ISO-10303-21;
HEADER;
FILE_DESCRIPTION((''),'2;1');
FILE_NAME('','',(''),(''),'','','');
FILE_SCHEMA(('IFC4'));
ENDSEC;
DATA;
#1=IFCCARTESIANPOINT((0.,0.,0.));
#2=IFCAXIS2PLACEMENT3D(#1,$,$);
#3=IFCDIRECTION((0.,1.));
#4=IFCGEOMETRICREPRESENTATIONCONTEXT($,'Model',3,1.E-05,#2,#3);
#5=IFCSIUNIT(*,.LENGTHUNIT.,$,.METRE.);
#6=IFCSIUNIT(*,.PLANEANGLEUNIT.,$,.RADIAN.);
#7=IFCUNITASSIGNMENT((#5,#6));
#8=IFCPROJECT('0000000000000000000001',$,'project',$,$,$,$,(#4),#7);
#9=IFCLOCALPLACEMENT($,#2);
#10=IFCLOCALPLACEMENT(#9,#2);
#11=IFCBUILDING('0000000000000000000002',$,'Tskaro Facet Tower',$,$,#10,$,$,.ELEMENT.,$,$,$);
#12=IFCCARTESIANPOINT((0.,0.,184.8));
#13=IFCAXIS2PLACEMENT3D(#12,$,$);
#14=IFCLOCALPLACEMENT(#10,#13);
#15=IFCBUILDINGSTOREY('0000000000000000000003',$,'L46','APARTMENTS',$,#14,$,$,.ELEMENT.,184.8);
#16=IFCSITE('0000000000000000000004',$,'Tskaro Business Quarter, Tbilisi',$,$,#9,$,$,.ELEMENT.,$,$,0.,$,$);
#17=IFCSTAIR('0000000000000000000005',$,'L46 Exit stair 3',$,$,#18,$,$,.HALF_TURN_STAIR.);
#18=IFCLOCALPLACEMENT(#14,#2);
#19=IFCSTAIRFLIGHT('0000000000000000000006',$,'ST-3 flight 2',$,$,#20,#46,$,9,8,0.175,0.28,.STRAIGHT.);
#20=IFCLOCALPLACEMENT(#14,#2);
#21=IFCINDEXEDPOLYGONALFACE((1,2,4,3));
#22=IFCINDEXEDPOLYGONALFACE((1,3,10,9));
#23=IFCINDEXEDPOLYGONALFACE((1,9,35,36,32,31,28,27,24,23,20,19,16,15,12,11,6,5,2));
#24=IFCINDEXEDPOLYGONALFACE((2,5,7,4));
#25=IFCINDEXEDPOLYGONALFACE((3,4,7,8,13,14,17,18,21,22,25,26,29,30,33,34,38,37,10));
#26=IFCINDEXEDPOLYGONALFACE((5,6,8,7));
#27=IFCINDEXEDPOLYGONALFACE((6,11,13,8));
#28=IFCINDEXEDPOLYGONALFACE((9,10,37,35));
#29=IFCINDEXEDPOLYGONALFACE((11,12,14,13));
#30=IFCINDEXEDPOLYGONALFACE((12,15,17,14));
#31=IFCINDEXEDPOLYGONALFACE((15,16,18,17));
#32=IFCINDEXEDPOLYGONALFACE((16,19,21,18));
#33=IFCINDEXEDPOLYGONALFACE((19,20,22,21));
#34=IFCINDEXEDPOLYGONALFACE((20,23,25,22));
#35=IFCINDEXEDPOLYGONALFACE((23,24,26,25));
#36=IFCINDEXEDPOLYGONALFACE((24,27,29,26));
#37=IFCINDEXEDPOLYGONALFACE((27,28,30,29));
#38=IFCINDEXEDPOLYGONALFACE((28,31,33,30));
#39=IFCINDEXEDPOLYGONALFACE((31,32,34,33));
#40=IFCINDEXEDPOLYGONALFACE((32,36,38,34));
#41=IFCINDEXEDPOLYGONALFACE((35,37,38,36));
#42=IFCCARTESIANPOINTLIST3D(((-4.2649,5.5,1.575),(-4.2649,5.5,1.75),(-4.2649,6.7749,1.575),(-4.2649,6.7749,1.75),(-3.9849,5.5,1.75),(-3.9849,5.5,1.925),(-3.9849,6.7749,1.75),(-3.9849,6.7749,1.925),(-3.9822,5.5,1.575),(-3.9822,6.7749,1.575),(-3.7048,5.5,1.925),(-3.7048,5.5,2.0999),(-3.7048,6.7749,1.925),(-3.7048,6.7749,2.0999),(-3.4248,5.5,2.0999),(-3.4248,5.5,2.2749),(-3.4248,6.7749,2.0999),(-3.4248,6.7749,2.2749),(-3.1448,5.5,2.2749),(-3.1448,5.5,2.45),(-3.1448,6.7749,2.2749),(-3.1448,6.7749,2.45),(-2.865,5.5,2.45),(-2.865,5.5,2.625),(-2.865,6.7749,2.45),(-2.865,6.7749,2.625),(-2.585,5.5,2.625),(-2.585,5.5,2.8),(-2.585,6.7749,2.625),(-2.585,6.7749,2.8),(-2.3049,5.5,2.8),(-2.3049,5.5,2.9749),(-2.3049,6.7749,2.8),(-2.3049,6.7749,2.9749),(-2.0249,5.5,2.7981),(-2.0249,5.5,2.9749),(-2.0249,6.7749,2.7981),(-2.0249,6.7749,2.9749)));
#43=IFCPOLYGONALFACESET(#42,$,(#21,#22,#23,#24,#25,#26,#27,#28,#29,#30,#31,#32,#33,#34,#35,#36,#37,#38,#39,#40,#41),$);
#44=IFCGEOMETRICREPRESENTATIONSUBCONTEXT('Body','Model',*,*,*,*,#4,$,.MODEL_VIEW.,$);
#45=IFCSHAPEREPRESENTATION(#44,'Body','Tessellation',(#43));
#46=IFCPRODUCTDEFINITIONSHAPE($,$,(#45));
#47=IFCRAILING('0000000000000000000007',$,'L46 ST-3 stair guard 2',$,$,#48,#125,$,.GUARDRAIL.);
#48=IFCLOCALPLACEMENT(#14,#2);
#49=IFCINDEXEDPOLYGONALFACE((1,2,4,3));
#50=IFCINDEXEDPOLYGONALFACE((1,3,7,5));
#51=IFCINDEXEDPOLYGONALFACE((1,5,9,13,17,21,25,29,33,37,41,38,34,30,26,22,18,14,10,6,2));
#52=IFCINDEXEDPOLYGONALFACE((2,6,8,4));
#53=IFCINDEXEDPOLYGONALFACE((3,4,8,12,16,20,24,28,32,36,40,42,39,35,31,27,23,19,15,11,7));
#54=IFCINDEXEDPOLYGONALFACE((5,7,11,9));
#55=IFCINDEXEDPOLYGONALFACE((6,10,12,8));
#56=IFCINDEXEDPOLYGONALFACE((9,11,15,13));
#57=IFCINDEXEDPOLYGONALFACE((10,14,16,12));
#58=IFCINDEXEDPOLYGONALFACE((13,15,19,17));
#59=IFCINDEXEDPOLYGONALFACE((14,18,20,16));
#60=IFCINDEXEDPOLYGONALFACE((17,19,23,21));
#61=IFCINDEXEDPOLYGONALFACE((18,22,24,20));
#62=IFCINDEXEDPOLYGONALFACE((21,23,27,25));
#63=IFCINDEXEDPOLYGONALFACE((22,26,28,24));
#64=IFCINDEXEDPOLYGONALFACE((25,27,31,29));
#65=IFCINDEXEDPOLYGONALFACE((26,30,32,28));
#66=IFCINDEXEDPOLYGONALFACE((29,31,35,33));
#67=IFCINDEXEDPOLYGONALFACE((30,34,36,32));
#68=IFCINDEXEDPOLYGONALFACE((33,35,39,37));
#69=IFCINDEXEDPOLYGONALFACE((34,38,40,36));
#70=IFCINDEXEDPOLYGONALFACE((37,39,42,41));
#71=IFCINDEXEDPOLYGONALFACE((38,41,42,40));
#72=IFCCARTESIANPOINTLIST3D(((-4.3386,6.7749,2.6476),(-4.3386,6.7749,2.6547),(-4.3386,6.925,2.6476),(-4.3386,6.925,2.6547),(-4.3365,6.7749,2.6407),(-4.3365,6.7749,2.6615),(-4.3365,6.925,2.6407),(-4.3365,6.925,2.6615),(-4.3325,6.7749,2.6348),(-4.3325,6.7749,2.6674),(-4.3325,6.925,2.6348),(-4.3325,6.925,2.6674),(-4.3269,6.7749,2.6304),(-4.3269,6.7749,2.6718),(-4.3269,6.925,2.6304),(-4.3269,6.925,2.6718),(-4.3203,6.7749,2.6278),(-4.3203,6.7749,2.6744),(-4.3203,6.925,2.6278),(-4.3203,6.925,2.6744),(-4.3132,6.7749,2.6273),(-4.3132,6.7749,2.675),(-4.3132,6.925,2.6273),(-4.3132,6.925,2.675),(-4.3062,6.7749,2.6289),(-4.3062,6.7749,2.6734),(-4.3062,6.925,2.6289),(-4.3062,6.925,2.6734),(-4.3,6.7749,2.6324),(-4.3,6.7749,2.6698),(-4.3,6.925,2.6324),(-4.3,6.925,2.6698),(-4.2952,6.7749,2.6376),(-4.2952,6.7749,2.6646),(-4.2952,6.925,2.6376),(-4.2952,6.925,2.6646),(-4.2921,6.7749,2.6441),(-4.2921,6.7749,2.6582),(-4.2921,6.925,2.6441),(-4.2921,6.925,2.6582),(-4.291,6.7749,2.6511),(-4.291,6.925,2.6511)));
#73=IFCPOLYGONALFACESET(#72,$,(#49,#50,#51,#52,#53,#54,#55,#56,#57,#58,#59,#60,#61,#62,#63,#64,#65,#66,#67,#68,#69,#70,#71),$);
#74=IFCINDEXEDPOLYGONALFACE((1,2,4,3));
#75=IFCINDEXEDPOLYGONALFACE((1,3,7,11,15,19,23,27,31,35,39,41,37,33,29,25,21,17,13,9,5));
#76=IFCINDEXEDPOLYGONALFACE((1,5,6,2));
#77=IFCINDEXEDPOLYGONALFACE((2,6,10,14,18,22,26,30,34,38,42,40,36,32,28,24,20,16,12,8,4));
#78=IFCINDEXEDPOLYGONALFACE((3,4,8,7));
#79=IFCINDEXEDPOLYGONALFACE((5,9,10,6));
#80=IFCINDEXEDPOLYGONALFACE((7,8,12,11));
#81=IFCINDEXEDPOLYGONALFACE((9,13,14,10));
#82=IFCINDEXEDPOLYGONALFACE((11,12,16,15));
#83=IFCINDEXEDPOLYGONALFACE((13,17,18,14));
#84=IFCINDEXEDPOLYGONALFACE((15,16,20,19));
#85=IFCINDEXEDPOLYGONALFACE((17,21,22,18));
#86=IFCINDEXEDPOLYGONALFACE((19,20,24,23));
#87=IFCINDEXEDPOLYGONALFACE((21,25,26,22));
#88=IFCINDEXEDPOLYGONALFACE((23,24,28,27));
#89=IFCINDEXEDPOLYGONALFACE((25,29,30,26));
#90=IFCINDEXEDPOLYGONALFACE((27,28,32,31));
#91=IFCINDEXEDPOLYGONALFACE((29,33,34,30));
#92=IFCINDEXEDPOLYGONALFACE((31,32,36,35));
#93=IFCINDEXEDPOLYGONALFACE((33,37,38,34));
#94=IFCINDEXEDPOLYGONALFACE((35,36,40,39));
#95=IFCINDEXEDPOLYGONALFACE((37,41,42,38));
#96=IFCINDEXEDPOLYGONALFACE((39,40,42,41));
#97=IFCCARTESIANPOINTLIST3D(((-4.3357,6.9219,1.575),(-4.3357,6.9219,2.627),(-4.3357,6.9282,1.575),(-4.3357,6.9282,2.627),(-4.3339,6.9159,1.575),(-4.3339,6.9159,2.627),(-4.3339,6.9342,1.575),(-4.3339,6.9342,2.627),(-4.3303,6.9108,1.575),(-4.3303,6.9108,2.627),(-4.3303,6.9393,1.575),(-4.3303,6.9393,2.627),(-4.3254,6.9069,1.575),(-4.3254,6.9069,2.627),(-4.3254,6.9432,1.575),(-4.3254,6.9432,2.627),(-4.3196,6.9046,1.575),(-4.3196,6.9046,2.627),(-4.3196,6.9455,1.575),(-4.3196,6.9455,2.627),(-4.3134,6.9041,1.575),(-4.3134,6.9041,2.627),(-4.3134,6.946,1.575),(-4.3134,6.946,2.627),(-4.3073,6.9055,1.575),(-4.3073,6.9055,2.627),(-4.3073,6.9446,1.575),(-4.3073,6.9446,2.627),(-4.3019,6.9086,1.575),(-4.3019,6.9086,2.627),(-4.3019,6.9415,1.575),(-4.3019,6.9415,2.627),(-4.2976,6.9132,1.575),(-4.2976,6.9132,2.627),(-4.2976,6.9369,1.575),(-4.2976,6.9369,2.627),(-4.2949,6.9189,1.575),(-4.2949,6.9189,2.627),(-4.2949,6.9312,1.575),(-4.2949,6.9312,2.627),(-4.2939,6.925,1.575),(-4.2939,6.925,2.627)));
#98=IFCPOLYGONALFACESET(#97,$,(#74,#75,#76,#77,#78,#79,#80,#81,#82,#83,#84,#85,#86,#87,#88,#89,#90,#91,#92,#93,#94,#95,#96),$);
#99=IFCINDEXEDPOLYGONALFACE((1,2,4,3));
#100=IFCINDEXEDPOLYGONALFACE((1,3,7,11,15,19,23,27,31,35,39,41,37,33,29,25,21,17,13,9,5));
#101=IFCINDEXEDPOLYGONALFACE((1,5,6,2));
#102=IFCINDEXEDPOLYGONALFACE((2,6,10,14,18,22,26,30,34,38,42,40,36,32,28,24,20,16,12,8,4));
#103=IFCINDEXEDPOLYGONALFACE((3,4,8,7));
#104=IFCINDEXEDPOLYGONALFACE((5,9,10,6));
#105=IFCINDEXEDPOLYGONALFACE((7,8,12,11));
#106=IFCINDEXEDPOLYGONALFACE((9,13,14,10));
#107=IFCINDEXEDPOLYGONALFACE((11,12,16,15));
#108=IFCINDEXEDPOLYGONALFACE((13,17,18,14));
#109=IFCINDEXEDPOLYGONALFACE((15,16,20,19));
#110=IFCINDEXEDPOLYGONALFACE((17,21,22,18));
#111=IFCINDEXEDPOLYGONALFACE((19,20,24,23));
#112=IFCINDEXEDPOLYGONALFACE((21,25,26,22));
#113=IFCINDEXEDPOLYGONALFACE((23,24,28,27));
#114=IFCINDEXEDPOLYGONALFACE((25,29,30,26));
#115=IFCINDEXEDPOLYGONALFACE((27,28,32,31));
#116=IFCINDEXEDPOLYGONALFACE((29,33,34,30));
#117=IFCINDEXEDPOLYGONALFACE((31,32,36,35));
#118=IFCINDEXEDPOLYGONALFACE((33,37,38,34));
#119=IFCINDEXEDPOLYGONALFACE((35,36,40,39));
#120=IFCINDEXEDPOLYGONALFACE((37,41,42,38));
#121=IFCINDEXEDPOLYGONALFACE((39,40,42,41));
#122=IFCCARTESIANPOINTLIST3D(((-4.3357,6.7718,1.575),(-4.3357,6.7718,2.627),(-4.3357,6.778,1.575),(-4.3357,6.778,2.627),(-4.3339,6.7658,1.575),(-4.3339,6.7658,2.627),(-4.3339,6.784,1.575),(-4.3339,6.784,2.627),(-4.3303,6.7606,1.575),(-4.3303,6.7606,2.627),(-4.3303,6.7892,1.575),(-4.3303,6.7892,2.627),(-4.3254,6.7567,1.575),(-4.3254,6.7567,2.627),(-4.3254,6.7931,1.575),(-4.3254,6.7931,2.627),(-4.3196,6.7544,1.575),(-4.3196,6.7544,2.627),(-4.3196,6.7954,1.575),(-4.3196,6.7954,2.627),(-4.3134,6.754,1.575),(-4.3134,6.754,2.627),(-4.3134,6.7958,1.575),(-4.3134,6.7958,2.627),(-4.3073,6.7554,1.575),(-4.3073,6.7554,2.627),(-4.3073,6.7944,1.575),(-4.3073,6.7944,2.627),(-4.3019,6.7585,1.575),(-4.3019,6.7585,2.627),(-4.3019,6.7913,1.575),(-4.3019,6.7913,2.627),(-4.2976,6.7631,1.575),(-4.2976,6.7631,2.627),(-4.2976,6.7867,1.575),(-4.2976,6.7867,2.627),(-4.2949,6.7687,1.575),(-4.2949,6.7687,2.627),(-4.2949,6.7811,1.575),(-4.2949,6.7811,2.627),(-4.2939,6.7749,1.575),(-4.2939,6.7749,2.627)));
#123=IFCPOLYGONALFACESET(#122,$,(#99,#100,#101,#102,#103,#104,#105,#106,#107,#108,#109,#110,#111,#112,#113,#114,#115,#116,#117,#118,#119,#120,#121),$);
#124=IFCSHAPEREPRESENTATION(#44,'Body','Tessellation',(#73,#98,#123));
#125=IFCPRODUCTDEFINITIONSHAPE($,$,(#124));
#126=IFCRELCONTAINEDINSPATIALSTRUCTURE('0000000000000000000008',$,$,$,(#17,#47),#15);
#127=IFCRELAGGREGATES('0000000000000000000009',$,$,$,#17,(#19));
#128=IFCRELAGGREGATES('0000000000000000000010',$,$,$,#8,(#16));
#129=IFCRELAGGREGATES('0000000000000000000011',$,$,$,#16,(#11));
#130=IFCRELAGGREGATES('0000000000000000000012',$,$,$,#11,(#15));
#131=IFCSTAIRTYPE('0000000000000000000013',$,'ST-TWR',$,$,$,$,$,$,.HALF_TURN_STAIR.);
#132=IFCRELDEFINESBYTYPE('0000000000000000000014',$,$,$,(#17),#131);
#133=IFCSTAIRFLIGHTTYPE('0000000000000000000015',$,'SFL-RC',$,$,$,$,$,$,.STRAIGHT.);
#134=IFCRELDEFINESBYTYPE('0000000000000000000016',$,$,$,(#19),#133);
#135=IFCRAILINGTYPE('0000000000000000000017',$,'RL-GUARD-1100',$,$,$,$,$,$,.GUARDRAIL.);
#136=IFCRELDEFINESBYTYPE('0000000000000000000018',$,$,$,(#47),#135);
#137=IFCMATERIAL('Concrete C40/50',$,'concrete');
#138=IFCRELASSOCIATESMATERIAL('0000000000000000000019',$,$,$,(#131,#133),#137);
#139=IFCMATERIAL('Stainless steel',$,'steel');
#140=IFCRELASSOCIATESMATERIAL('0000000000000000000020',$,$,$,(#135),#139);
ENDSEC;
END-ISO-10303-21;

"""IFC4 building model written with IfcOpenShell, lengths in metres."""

from ifc_helpers import new_model, si_unit, direction, frame, origin, origin_2d, place, context, subcontext, project, spatial, polyline, circle, outline, extrude, material, type_object, element, aggregate, save


model = new_model("IFC4")

# Units and contexts
model_context = context("Model", 3, precision=1e-05, world=origin(), true_north=direction((0.0, 1.0)))
body_context = subcontext(model_context, "Body", "Model", "MODEL_VIEW")
ifc_project = project(units=[si_unit("LENGTHUNIT", "METRE"), si_unit("PLANEANGLEUNIT", "RADIAN")], contexts=[model_context])

# Site, building, storey
site_placement = place(None, origin())
site = spatial("IfcSite", under=ifc_project, at=site_placement, Name="Tskaro Business Quarter, Tbilisi", CompositionType="ELEMENT", RefElevation=0.0)
building_placement = place(site_placement, origin())
building = spatial("IfcBuilding", under=site, at=building_placement, Name="Tskaro Facet Tower", CompositionType="ELEMENT")
storey_placement = place(building_placement, frame((0.0, 0.0, 184.8)))
storey = spatial("IfcBuildingStorey", under=building, at=storey_placement, Name="L46", Description="APARTMENTS", CompositionType="ELEMENT", Elevation=184.8)

# Shared definitions
ifc_material_1 = material(Name="Concrete C40/50", Category="concrete")

# Stair, stair flight
stair_type = type_object("IfcStairType", Name="ST-TWR", PredefinedType="HALF_TURN_STAIR", material=ifc_material_1)
stair_placement = place(storey_placement, origin())
stair = element("IfcStair", 1, at=stair_placement, inside=storey, type_object=stair_type, Name="L46 Exit stair 3", PredefinedType="HALF_TURN_STAIR")
stair_flight_type = type_object("IfcStairFlightType", Name="SFL-RC", PredefinedType="STRAIGHT", material=ifc_material_1)
stair_flight_placement = place(storey_placement, frame((-4.2649, 6.1375, 1.575), z_axis=(0.0, 0.0, 1.0), x_axis=(1.0, 0.0, 0.0)))
stair_flight = element("IfcStairFlight", 2, at=stair_flight_placement, type_object=stair_flight_type, Name="ST-3 flight 2", NumberOfRisers=9, NumberOfTreads=8, PredefinedType="STRAIGHT", RiserHeight=0.175, TreadLength=0.28, context=body_context, shape_type="SweptSolid", body=[
    extrude(outline(polyline([(0.0, 0.0), (0.0, 0.175), (0.28, 0.175), (0.28, 0.3501), (0.5601, 0.3501), (0.5601, 0.5249), (0.8401, 0.5249), (0.8401, 0.7), (1.1201, 0.7), (1.1201, 0.875), (1.3999, 0.875), (1.3999, 1.05), (1.6799, 1.05), (1.6799, 1.2251), (1.96, 1.2251), (1.96, 1.3999), (2.24, 1.3999), (2.24, 1.575), (2.24, 1.2231), (0.2827, 0.0), (0.0, 0.0)])), frame((0.0, 0.6375, 0.0), z_axis=(0.0, -1.0, 0.0), x_axis=(1.0, 0.0, 0.0)), (0.0, 0.0, 1.0), 1.2749),
])
aggregate(stair, [stair_flight])

# Railing
ifc_material_2 = material(Name="Stainless steel", Category="steel")
railing_type_1 = type_object("IfcRailingType", Name="RL-GUARD-1100", PredefinedType="GUARDRAIL", material=ifc_material_2)
railing_1_placement = place(storey_placement, frame((-4.3149, 6.925, 1.575)))
element("IfcRailing", 3, at=railing_1_placement, inside=storey, type_object=railing_type_1, Name="L46 ST-3 stair guard 2", PredefinedType="GUARDRAIL", context=body_context, shape_type="SweptSolid", body=[
    extrude(circle(Radius=0.0239, at=origin_2d()), frame((0.0, 0.0, 1.0762), z_axis=(0.0, -1.0, 0.0), x_axis=(1.0, 0.0, 0.0)), (0.0, 0.0, 1.0), 0.1501),
    extrude(circle(Radius=0.021, at=origin_2d()), origin(), (0.0, 0.0, 1.0), 1.052),
    extrude(circle(Radius=0.021, at=origin_2d()), frame((0.0, -0.1501, 0.0)), (0.0, 0.0, 1.0), 1.052),
])

save(model, "model.ifc")
